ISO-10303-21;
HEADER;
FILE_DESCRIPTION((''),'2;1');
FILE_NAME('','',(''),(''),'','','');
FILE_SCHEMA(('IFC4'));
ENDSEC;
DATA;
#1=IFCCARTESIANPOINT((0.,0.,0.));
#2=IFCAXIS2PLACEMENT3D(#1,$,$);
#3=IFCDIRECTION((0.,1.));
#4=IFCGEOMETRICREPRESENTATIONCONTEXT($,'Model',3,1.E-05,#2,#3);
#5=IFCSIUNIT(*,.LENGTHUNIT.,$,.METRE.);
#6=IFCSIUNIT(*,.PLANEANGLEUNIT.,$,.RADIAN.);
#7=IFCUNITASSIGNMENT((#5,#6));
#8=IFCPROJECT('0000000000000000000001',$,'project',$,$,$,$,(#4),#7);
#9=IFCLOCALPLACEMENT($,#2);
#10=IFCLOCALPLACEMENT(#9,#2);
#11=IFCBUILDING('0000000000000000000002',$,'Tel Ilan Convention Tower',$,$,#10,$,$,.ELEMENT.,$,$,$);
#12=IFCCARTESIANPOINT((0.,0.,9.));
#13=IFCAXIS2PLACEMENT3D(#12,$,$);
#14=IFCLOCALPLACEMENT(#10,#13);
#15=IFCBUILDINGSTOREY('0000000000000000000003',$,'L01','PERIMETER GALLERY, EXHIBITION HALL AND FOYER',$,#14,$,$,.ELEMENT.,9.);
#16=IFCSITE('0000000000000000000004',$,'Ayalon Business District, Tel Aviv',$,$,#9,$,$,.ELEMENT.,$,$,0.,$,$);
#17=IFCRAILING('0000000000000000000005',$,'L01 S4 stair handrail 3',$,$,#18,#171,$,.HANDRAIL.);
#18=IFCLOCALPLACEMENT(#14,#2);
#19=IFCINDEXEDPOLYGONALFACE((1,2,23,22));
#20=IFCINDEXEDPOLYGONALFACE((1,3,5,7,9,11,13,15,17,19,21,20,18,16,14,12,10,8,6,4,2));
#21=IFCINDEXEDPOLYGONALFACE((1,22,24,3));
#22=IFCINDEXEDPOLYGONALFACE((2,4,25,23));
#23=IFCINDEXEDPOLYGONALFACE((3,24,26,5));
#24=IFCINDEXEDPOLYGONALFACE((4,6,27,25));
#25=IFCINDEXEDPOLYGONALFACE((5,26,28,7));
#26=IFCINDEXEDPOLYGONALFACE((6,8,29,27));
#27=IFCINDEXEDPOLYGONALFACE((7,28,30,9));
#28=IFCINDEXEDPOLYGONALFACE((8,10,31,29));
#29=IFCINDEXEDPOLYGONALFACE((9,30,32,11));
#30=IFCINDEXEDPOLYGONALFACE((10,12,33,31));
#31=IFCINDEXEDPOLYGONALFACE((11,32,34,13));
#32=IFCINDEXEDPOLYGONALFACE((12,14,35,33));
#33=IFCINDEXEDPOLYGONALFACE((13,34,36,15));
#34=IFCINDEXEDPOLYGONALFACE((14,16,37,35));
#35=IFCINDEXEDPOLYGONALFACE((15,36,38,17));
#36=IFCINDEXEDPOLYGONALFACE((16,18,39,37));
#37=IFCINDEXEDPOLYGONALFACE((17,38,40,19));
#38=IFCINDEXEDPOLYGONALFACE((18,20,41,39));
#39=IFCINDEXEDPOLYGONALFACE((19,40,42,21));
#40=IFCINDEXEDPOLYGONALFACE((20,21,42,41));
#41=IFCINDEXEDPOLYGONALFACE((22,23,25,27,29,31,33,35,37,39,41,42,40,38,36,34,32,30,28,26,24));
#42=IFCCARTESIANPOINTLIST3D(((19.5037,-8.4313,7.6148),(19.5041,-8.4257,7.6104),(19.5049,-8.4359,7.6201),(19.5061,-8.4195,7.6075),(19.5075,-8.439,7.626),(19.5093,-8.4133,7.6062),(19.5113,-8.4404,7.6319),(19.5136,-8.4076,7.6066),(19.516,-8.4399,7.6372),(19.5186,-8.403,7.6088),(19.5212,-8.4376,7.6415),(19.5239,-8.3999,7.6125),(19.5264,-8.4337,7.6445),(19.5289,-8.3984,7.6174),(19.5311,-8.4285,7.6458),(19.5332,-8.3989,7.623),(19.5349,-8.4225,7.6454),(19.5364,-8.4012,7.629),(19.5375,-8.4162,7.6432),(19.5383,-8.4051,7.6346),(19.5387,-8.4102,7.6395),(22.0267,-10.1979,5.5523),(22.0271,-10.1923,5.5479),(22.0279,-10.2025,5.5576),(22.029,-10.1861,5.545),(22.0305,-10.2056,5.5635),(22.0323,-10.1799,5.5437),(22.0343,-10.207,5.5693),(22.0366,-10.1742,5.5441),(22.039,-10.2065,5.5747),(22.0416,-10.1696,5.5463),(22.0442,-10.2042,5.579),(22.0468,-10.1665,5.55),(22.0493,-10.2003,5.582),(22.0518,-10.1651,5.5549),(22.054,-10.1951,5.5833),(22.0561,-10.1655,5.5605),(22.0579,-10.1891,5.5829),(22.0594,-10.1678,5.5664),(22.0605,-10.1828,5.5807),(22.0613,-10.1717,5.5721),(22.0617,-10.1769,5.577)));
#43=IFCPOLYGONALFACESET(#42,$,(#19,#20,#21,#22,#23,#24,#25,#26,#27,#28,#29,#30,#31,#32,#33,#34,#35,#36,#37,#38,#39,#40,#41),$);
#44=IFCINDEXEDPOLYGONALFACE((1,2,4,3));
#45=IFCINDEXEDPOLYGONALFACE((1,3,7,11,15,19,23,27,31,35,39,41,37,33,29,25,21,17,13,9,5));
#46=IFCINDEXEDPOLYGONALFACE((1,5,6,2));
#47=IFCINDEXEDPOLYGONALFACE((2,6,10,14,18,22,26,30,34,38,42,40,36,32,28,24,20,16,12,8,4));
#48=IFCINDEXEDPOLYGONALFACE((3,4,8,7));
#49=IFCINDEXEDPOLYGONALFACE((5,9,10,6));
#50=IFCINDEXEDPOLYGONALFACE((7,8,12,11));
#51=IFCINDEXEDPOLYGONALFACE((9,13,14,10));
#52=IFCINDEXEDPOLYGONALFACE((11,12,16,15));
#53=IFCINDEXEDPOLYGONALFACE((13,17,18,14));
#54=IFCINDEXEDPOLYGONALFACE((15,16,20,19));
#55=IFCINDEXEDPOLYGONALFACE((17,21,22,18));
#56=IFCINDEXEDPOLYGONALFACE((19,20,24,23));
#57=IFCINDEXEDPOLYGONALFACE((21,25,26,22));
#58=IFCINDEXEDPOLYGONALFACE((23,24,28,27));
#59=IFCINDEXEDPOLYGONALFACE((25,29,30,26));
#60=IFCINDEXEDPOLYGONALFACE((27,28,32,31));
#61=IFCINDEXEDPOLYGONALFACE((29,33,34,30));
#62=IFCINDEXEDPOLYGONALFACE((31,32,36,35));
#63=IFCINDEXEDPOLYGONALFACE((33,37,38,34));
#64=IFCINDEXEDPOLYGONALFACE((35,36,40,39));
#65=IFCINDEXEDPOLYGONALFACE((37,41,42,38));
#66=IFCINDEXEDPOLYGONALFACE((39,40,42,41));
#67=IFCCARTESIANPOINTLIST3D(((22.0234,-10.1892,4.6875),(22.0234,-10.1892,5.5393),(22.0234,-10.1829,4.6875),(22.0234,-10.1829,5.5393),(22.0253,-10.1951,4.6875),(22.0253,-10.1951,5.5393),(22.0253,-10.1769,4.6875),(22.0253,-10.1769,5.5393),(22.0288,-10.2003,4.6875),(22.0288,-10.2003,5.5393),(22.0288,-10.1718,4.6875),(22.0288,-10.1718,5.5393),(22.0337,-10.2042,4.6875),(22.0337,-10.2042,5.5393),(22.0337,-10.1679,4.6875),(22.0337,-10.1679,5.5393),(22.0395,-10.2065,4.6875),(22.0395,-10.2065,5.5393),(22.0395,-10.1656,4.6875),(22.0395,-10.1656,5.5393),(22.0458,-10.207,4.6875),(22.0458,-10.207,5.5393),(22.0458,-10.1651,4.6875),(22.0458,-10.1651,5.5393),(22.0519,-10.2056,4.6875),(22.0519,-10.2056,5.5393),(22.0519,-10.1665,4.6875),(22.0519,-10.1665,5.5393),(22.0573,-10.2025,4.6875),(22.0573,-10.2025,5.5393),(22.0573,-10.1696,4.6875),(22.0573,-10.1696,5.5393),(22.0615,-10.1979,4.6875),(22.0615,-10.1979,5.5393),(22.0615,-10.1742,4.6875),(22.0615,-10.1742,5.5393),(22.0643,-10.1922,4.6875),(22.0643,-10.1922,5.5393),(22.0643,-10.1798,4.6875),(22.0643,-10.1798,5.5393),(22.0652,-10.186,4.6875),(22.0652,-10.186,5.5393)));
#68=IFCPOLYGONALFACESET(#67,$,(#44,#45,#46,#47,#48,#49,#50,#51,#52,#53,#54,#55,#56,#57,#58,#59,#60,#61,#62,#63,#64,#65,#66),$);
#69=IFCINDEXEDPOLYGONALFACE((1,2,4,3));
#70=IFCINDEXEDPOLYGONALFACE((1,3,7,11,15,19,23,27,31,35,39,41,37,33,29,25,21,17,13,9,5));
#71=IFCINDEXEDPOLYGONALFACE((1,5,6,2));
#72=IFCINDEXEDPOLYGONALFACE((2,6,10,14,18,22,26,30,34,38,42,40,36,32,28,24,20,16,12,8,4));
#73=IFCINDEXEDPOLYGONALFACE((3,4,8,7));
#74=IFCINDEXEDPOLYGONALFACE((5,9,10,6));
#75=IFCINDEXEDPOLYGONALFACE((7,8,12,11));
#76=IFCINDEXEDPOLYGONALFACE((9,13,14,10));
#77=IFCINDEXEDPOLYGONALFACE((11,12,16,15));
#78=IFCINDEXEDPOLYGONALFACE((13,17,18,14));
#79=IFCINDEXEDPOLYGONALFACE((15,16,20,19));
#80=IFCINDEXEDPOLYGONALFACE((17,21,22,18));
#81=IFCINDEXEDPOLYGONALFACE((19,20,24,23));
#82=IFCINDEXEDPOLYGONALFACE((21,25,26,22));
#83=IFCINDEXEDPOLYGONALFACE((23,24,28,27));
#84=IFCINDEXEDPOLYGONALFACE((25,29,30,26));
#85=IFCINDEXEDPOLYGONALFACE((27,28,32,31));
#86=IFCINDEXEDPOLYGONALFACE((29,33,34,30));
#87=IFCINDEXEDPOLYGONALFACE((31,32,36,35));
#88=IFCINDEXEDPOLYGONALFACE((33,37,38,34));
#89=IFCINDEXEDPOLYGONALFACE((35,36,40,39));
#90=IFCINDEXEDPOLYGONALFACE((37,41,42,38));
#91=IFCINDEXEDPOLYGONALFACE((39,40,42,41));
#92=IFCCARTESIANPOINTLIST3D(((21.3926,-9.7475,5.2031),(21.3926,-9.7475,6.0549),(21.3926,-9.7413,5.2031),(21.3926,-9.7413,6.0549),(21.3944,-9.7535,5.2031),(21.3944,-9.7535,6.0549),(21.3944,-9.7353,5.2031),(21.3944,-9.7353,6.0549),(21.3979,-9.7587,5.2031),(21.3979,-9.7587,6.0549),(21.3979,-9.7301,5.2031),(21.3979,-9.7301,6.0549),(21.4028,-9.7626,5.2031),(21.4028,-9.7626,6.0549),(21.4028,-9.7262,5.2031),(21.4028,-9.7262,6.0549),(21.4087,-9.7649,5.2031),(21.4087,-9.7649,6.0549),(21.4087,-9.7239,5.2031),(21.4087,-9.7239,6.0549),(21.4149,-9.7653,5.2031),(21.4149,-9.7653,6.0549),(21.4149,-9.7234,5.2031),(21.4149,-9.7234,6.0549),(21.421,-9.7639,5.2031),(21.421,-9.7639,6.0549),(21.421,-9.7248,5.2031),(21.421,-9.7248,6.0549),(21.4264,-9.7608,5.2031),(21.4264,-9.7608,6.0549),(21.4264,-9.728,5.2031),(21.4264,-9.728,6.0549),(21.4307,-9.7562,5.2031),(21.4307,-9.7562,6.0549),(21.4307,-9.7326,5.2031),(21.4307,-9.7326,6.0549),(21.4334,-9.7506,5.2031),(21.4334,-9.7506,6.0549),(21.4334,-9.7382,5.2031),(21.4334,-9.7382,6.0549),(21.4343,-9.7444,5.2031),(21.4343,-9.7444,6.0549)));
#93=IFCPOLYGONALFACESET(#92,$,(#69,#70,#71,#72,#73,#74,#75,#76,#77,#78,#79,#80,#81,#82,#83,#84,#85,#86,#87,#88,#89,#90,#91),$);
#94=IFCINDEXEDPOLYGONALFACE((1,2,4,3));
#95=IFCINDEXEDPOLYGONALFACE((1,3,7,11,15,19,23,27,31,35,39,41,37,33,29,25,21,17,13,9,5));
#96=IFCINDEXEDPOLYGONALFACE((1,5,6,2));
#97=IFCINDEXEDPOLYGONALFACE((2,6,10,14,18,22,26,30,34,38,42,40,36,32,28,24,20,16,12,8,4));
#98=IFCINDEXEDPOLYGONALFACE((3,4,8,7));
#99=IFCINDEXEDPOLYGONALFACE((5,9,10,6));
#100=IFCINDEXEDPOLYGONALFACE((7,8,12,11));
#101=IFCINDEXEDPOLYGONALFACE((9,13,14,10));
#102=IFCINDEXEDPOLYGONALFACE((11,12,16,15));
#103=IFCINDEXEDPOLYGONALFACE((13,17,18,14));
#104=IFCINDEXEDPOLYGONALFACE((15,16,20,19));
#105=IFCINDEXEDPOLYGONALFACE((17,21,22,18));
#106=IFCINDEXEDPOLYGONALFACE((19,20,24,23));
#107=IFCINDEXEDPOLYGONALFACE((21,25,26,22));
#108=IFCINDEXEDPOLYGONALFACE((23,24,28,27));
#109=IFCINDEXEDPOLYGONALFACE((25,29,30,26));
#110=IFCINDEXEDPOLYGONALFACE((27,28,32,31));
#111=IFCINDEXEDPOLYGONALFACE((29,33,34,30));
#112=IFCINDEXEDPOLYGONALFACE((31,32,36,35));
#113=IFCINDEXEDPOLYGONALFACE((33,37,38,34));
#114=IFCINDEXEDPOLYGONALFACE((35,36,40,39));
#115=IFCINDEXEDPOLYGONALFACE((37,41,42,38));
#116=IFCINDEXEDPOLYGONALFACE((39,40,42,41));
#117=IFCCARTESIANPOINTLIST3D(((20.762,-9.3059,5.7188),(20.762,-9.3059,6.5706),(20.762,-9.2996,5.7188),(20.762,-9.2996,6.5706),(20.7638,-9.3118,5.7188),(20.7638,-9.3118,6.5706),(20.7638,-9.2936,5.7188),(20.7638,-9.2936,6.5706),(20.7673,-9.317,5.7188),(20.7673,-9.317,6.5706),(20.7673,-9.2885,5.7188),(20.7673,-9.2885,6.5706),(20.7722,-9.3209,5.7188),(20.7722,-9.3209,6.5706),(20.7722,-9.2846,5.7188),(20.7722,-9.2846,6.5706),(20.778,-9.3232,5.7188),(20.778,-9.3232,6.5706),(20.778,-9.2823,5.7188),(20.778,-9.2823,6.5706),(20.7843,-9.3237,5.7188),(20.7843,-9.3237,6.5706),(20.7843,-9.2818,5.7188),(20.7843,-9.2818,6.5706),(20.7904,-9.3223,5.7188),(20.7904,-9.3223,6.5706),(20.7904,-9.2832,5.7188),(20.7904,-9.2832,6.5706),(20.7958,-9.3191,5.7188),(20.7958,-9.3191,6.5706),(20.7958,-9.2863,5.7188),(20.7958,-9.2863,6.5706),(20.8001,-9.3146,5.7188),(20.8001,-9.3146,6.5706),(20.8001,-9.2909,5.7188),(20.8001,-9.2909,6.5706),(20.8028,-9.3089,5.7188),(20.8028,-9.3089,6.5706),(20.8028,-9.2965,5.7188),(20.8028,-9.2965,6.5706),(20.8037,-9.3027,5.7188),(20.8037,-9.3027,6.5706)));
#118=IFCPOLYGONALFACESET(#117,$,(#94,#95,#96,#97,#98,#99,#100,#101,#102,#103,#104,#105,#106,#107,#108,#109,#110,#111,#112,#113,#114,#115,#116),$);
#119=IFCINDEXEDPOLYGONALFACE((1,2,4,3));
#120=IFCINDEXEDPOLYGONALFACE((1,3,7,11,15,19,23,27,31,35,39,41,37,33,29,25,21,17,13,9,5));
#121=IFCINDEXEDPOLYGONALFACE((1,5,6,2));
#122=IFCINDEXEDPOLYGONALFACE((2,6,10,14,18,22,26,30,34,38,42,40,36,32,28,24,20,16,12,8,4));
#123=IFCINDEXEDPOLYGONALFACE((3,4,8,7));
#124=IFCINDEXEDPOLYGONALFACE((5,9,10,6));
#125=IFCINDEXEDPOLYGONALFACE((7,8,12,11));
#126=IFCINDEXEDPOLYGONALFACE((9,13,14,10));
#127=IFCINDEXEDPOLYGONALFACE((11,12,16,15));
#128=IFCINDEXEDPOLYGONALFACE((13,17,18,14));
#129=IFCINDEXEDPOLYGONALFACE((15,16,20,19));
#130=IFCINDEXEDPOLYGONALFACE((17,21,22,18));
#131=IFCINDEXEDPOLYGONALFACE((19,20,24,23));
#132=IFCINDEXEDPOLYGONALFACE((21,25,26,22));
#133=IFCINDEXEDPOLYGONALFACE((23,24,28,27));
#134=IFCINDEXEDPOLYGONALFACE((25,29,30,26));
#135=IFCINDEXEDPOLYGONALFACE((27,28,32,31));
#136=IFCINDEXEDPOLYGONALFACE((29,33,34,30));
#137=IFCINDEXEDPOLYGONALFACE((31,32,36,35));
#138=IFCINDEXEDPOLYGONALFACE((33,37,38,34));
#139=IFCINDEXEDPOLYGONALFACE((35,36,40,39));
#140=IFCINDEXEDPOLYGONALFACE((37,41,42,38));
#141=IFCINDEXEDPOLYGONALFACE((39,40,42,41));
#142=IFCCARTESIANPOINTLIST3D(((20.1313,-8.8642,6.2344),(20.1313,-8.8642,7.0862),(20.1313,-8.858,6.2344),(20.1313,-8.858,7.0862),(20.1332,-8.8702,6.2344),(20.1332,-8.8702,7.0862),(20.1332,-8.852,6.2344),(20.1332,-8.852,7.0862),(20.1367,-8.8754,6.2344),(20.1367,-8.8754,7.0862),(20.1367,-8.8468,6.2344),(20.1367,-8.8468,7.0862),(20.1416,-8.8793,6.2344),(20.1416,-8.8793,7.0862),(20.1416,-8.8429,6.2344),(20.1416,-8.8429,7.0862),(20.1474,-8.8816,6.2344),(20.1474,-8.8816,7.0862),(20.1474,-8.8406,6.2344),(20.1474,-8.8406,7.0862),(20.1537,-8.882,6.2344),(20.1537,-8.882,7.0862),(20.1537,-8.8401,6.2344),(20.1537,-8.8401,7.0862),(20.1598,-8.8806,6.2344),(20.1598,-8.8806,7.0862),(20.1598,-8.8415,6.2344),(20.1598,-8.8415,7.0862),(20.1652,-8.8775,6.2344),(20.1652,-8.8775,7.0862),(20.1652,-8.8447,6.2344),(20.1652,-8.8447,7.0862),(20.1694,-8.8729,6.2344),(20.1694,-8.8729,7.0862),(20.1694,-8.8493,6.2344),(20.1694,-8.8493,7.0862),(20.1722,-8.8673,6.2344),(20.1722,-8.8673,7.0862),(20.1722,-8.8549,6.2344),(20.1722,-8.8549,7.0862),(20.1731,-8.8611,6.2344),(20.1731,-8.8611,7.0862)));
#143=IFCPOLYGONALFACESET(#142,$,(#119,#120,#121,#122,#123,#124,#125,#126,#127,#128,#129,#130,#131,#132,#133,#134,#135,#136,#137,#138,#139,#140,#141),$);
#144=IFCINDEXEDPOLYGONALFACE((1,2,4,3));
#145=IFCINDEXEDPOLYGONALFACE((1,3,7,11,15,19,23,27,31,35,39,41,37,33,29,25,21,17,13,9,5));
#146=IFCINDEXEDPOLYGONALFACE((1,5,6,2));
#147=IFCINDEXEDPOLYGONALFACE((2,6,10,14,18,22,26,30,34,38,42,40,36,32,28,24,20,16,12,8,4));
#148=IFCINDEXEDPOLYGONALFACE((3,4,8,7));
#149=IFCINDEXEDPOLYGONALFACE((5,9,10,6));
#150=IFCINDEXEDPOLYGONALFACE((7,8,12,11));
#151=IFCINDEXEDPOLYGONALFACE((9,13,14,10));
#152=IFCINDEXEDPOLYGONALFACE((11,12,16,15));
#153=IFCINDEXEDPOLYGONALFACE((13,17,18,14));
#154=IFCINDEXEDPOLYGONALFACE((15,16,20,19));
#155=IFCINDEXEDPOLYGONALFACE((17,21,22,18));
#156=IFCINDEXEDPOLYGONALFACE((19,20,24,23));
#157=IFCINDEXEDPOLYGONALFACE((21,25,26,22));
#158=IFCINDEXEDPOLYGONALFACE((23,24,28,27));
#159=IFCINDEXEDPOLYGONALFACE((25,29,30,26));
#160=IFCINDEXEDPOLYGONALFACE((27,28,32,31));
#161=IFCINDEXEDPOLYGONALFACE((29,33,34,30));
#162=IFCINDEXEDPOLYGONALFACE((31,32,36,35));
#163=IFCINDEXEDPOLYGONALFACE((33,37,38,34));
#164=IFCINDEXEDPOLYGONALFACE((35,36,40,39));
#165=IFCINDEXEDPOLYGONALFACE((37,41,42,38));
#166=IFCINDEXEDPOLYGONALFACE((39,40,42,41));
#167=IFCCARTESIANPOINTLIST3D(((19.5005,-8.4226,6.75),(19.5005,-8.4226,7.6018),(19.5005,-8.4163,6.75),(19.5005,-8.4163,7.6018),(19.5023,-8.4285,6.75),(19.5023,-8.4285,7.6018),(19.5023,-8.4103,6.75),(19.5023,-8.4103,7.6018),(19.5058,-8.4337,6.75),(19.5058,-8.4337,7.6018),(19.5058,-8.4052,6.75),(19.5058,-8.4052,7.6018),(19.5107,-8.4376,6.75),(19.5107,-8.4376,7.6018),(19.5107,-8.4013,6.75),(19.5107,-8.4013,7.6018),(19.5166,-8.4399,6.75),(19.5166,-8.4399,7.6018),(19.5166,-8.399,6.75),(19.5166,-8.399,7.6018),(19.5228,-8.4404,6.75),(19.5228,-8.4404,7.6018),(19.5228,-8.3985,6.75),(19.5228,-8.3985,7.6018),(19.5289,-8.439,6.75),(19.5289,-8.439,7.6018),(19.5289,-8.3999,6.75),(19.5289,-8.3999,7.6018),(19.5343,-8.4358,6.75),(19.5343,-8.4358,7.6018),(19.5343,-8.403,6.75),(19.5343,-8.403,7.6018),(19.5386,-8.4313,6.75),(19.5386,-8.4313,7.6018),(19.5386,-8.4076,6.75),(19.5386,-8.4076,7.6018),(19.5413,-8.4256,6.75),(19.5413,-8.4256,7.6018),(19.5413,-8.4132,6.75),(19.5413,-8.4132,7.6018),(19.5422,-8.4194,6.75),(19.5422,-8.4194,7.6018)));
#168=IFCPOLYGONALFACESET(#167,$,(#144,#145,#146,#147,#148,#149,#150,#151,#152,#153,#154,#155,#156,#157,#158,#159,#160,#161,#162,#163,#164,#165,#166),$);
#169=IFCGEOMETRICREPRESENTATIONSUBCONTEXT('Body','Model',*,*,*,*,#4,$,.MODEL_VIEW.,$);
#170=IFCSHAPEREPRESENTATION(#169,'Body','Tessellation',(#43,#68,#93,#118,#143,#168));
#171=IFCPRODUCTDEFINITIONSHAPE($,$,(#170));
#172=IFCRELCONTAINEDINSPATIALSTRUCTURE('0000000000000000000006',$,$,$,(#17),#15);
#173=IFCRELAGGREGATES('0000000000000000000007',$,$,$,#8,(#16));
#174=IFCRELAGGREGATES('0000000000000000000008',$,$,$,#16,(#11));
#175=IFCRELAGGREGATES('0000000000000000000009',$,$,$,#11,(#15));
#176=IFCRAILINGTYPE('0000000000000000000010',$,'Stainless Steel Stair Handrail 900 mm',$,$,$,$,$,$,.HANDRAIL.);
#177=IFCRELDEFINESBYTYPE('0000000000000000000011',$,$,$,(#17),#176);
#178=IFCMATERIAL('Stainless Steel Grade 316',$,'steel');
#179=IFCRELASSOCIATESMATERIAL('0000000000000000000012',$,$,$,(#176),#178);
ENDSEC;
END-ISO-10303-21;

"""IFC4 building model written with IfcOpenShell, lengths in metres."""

from ifc_helpers import new_model, si_unit, direction, frame, origin, origin_2d, place, context, subcontext, project, spatial, circle, extrude, material, type_object, element, save


model = new_model("IFC4")

# Units and contexts
model_context = context("Model", 3, precision=1e-05, world=origin(), true_north=direction((0.0, 1.0)))
body_context = subcontext(model_context, "Body", "Model", "MODEL_VIEW")
ifc_project = project(units=[si_unit("LENGTHUNIT", "METRE"), si_unit("PLANEANGLEUNIT", "RADIAN")], contexts=[model_context])

# Site, building, storey
site_placement = place(None, origin())
site = spatial("IfcSite", under=ifc_project, at=site_placement, Name="Ayalon Business District, Tel Aviv", CompositionType="ELEMENT", RefElevation=0.0)
building_placement = place(site_placement, origin())
building = spatial("IfcBuilding", under=site, at=building_placement, Name="Tel Ilan Convention Tower", CompositionType="ELEMENT")
storey_placement = place(building_placement, frame((0.0, 0.0, 9.0)))
storey = spatial("IfcBuildingStorey", under=building, at=storey_placement, Name="L01", Description="PERIMETER GALLERY, EXHIBITION HALL AND FOYER", CompositionType="ELEMENT", Elevation=9.0)

# Railing
ifc_material_1 = material(Name="Stainless Steel Grade 316", Category="steel")
railing_type_1 = type_object("IfcRailingType", Name="Stainless Steel Stair Handrail 900 mm", PredefinedType="HANDRAIL", material=ifc_material_1)
for number, where, name in (
    (1, (22.0442, -10.186, 4.6875), "L01 S4 stair handrail 3"),
):
    element("IfcRailing", number, at=place(storey_placement, frame(where)), inside=storey, type_object=railing_type_1, Name=name, PredefinedType="HANDRAIL", context=body_context, shape_type="SweptSolid", body=[
        extrude(circle(Radius=0.0239, at=origin_2d()), frame((0.0, 0.0, 0.876), z_axis=(-0.680635, 0.476589, 0.556416), x_axis=(-0.573579, -0.81915, 0.0)), (0.0, 0.0, 1.0), 3.7068),
        extrude(circle(Radius=0.021, at=origin_2d()), origin(), (0.0, 0.0, 1.0), 0.8518),
        extrude(circle(Radius=0.021, at=origin_2d()), frame((-0.6309, 0.4417, 0.5156)), (0.0, 0.0, 1.0), 0.8518),
        extrude(circle(Radius=0.021, at=origin_2d()), frame((-1.2615, 0.8833, 1.0312)), (0.0, 0.0, 1.0), 0.8518),
        extrude(circle(Radius=0.021, at=origin_2d()), frame((-1.8921, 1.325, 1.5469)), (0.0, 0.0, 1.0), 0.8518),
        extrude(circle(Radius=0.021, at=origin_2d()), frame((-2.5229, 1.7666, 2.0625)), (0.0, 0.0, 1.0), 0.8518),
    ])

save(model, "model.ifc")
